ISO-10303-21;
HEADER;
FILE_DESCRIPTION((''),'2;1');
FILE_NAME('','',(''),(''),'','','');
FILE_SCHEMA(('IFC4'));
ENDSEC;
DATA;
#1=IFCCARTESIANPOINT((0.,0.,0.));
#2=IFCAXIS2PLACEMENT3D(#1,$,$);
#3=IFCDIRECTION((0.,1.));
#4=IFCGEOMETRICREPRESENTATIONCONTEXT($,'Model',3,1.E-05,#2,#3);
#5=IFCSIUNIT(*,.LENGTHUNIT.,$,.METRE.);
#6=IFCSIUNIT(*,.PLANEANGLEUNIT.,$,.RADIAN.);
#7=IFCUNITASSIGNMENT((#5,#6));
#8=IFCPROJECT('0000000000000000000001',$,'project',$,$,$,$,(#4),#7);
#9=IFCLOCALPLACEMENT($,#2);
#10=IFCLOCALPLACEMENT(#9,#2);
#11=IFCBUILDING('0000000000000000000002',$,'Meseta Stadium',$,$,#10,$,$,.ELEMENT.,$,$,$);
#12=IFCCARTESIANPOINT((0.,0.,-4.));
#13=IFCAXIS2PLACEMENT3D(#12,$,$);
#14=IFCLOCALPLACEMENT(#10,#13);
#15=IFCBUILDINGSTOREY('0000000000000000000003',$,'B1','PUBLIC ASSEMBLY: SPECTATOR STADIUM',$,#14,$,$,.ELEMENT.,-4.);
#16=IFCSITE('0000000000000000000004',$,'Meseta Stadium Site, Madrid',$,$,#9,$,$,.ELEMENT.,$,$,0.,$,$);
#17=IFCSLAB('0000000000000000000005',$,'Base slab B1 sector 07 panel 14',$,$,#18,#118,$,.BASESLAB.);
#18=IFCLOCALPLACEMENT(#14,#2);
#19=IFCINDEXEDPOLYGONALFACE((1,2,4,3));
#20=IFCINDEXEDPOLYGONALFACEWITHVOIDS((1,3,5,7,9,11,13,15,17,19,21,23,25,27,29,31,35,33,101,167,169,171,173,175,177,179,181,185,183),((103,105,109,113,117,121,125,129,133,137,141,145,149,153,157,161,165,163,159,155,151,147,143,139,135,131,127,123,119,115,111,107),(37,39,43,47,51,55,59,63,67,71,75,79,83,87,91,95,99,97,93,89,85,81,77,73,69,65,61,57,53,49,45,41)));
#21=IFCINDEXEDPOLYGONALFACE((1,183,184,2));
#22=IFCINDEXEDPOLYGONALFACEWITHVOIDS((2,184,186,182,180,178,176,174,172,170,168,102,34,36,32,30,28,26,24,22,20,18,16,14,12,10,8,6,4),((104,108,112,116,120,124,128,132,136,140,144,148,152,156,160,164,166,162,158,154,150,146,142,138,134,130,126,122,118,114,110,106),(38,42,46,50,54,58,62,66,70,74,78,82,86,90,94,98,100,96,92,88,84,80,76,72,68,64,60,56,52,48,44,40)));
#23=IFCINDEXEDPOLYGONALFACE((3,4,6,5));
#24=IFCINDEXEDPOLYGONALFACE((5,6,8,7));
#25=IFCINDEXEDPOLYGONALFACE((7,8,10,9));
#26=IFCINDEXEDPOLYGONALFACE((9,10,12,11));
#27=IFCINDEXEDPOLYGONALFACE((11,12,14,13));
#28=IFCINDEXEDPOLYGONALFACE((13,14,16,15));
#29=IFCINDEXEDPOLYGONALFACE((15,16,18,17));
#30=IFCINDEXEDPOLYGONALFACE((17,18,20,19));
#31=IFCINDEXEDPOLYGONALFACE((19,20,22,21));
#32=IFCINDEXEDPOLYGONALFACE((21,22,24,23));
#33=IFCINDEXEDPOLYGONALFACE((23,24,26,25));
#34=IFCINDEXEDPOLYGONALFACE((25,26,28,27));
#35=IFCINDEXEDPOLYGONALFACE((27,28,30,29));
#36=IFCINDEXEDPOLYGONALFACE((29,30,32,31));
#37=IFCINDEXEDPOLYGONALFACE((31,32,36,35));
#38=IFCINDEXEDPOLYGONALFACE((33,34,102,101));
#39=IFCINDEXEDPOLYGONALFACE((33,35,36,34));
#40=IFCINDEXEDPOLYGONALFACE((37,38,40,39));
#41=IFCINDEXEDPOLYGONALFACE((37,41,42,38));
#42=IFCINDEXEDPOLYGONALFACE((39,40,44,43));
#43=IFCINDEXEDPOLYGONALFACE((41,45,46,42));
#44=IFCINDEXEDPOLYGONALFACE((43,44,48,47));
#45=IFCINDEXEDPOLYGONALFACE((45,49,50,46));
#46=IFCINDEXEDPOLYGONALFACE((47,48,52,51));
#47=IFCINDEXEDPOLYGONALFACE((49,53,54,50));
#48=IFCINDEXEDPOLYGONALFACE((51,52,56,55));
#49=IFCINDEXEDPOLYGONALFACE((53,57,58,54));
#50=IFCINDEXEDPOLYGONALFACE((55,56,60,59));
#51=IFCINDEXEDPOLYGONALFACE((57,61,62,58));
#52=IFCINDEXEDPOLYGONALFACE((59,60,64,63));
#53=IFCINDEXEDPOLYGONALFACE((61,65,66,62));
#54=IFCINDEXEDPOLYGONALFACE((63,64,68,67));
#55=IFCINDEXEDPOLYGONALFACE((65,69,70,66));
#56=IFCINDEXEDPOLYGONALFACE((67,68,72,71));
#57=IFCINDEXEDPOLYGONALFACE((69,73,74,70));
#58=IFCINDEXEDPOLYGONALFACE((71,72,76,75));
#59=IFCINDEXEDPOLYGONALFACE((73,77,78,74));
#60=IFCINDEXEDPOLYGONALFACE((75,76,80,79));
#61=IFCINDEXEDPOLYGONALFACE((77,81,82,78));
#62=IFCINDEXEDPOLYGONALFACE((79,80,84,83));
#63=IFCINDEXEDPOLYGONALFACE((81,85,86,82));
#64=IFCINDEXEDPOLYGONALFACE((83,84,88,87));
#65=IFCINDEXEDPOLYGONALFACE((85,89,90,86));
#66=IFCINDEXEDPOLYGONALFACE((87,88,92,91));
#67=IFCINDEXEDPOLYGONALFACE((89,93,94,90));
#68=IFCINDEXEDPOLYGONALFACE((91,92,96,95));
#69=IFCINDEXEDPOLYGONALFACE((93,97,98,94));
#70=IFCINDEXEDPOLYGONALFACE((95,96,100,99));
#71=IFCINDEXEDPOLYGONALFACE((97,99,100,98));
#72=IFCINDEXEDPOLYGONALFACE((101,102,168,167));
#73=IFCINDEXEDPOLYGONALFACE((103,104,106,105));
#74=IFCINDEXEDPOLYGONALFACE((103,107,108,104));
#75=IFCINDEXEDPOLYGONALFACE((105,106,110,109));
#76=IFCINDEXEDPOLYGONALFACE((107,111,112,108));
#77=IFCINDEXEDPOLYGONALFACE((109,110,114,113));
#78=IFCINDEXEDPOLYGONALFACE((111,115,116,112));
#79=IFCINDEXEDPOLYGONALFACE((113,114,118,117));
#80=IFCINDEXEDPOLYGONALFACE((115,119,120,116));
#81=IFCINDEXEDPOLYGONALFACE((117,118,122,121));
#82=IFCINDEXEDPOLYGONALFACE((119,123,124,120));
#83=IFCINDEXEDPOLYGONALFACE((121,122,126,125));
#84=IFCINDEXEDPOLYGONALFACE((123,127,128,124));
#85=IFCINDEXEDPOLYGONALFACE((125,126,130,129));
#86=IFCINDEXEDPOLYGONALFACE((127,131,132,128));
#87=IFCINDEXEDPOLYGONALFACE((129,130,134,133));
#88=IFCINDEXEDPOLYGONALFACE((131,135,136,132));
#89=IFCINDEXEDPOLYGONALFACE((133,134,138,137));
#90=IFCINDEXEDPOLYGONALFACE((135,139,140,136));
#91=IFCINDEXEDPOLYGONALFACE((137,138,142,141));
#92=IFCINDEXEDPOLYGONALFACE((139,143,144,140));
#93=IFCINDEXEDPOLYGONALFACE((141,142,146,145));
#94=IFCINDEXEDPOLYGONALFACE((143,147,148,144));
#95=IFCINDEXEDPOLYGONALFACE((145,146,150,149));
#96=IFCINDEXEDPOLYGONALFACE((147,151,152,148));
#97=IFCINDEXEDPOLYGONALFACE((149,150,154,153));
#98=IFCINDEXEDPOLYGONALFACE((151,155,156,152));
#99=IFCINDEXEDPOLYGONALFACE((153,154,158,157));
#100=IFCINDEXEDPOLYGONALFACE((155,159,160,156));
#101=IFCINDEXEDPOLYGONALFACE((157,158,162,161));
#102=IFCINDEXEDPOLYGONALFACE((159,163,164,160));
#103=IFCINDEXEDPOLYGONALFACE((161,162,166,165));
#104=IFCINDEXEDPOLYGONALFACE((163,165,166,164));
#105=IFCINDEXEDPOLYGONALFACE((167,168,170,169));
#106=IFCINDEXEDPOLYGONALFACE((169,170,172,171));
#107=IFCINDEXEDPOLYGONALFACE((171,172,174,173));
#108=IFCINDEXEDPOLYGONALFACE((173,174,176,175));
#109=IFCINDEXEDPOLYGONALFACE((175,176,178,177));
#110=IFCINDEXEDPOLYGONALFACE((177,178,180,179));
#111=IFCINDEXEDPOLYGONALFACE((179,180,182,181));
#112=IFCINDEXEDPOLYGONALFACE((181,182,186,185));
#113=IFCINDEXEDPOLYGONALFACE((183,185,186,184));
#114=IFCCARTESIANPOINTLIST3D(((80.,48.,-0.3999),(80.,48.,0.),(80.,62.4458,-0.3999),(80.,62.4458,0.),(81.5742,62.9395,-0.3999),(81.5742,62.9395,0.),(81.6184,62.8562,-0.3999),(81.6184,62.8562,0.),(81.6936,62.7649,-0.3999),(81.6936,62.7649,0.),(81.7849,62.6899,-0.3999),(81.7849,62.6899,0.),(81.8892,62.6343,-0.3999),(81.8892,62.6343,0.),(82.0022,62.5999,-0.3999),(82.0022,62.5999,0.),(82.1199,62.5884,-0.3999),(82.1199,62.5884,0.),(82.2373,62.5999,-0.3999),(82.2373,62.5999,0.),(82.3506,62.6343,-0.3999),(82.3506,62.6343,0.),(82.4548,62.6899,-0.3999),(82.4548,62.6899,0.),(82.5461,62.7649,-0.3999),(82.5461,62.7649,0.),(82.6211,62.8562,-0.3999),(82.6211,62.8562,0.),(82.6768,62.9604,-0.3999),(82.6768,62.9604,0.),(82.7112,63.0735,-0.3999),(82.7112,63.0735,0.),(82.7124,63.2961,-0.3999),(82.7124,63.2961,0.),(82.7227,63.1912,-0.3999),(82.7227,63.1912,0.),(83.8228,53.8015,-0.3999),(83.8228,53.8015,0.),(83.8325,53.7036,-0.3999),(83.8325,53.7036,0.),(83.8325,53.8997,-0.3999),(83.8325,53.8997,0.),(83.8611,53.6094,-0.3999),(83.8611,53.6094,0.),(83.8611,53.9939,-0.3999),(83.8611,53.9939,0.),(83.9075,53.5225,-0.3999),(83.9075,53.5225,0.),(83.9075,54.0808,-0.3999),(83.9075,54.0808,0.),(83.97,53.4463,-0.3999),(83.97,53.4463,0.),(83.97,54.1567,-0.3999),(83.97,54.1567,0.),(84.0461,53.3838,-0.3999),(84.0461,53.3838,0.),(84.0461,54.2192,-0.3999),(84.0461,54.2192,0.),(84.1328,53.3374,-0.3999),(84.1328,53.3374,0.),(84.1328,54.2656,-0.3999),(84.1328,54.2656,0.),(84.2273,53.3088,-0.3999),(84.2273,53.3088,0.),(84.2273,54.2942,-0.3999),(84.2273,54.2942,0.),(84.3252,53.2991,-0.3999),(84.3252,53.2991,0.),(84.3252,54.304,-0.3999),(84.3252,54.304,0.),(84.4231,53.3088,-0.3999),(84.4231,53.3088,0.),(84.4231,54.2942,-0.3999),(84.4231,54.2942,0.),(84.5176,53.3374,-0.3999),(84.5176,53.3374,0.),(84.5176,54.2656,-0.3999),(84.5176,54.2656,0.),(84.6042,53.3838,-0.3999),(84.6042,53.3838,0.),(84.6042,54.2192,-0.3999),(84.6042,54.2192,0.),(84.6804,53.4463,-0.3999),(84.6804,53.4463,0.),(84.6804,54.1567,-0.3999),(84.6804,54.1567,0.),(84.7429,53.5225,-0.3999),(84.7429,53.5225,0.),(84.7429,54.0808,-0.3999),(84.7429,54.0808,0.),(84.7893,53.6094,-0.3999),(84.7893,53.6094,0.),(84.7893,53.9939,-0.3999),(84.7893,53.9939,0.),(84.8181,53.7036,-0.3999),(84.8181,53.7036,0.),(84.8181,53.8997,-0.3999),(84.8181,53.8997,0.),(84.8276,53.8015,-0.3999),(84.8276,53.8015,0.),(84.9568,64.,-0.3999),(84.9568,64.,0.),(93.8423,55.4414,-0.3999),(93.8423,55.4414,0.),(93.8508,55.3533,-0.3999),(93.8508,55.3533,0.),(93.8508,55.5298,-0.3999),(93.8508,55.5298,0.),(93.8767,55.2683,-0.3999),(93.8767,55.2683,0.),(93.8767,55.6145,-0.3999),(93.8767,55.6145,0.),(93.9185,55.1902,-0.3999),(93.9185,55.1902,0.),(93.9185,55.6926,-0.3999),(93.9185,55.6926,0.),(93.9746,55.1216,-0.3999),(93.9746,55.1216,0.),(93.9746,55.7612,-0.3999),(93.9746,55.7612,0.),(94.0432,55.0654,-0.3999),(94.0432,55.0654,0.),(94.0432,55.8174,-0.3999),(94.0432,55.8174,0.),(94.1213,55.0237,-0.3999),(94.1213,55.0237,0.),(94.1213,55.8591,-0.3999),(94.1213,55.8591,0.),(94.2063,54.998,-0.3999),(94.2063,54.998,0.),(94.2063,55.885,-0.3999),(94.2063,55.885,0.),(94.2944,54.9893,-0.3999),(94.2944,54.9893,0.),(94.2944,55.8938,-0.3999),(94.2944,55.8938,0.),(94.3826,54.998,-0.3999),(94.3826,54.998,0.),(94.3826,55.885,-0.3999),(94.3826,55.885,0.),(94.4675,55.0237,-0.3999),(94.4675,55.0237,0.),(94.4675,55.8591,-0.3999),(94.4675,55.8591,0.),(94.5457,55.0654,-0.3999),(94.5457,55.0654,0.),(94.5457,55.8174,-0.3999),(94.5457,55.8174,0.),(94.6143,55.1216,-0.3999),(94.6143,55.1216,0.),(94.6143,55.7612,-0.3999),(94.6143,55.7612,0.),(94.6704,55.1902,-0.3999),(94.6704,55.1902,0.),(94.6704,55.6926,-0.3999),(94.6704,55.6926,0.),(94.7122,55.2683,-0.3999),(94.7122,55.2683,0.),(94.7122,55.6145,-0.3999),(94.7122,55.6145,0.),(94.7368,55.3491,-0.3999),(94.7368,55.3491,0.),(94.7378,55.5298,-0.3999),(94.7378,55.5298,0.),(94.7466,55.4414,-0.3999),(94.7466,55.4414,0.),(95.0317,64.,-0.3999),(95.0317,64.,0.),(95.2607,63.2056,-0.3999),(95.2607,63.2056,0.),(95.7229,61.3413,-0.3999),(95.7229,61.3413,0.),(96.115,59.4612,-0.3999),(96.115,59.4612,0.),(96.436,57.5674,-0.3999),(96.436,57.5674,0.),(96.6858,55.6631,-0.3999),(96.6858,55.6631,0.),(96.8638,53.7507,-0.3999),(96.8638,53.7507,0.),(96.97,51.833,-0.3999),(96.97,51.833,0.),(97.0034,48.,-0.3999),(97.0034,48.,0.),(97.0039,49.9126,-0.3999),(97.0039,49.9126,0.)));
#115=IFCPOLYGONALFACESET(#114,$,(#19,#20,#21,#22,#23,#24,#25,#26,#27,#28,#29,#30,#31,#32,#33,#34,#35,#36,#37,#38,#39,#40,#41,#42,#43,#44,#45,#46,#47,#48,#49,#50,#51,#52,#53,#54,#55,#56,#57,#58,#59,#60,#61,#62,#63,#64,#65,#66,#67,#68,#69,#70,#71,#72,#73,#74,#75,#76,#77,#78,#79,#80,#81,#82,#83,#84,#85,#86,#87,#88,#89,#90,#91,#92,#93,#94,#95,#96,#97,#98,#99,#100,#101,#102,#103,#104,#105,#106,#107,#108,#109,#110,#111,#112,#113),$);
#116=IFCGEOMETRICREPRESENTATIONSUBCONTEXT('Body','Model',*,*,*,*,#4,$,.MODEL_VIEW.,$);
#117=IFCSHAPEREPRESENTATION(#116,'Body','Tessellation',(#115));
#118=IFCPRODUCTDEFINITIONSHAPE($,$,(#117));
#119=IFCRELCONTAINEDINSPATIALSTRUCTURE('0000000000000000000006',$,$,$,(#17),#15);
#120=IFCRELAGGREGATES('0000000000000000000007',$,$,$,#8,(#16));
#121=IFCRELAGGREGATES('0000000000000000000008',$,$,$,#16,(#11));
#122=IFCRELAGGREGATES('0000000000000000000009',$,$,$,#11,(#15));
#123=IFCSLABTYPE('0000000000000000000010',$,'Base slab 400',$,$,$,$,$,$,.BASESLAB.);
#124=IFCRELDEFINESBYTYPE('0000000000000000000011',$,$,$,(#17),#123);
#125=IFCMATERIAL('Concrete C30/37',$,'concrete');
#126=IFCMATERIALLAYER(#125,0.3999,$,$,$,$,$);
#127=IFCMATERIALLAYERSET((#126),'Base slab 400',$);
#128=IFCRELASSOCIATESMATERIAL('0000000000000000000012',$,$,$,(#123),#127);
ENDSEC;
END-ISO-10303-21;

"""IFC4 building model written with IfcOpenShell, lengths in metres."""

from ifc_helpers import new_model, si_unit, direction, frame, origin, place, context, subcontext, project, spatial, polyline, outline, extrude, material, layer, layer_set, type_object, element, save


model = new_model("IFC4")

# Units and contexts
model_context = context("Model", 3, precision=1e-05, world=origin(), true_north=direction((0.0, 1.0)))
body_context = subcontext(model_context, "Body", "Model", "MODEL_VIEW")
ifc_project = project(units=[si_unit("LENGTHUNIT", "METRE"), si_unit("PLANEANGLEUNIT", "RADIAN")], contexts=[model_context])

# Site, building, storey
site_placement = place(None, origin())
site = spatial("IfcSite", under=ifc_project, at=site_placement, Name="Meseta Stadium Site, Madrid", CompositionType="ELEMENT", RefElevation=0.0)
building_placement = place(site_placement, origin())
building = spatial("IfcBuilding", under=site, at=building_placement, Name="Meseta Stadium", CompositionType="ELEMENT")
storey_placement = place(building_placement, frame((0.0, 0.0, -4.0)))
storey = spatial("IfcBuildingStorey", under=building, at=storey_placement, Name="B1", Description="PUBLIC ASSEMBLY: SPECTATOR STADIUM", CompositionType="ELEMENT", Elevation=-4.0)

# Slab
ifc_material_1 = material(Name="Concrete C30/37", Category="concrete")
ifc_layer = layer(ifc_material_1, 0.3999)
ifc_layer_set = layer_set([ifc_layer], Name="Base slab 400")
slab_type = type_object("IfcSlabType", Name="Base slab 400", PredefinedType="BASESLAB", material=ifc_layer_set)
slab_1_placement = place(storey_placement, frame((0.0, 0.0, -0.3999)))
element("IfcSlab", 1, at=slab_1_placement, inside=storey, type_object=slab_type, Name="Base slab B1 sector 07 panel 14", PredefinedType="BASESLAB", context=body_context, shape_type="SweptSolid", body=[
    extrude(outline(polyline([(81.6184, 62.8562), (81.5742, 62.9395), (80.0, 62.4458), (80.0, 48.0), (97.0034, 48.0), (97.0039, 49.9126), (96.97, 51.833), (96.8638, 53.7507), (96.6858, 55.6631), (96.436, 57.5674), (96.115, 59.4612), (95.7229, 61.3413), (95.2607, 63.2056), (95.0317, 64.0), (84.9568, 64.0), (82.7124, 63.2961), (82.7227, 63.1912), (82.7112, 63.0735), (82.6768, 62.9604), (82.6211, 62.8562), (82.5461, 62.7649), (82.4548, 62.6899), (82.3506, 62.6343), (82.2373, 62.5999), (82.1199, 62.5884), (82.0022, 62.5999), (81.8892, 62.6343), (81.7849, 62.6899), (81.6936, 62.7649), (81.6184, 62.8562)]), holes=[polyline([(94.5457, 55.8174), (94.6143, 55.7612), (94.6704, 55.6926), (94.7122, 55.6145), (94.7378, 55.5298), (94.7466, 55.4414), (94.7368, 55.3491), (94.7122, 55.2683), (94.6704, 55.1902), (94.6143, 55.1216), (94.5457, 55.0654), (94.4675, 55.0237), (94.3826, 54.998), (94.2944, 54.9893), (94.2063, 54.998), (94.1213, 55.0237), (94.0432, 55.0654), (93.9746, 55.1216), (93.9185, 55.1902), (93.8767, 55.2683), (93.8508, 55.3533), (93.8423, 55.4414), (93.8508, 55.5298), (93.8767, 55.6145), (93.9185, 55.6926), (93.9746, 55.7612), (94.0432, 55.8174), (94.1213, 55.8591), (94.2063, 55.885), (94.2944, 55.8938), (94.3826, 55.885), (94.4675, 55.8591), (94.5457, 55.8174)]), polyline([(84.6042, 54.2192), (84.6804, 54.1567), (84.7429, 54.0808), (84.7893, 53.9939), (84.8181, 53.8997), (84.8276, 53.8015), (84.8181, 53.7036), (84.7893, 53.6094), (84.7429, 53.5225), (84.6804, 53.4463), (84.6042, 53.3838), (84.5176, 53.3374), (84.4231, 53.3088), (84.3252, 53.2991), (84.2273, 53.3088), (84.1328, 53.3374), (84.0461, 53.3838), (83.97, 53.4463), (83.9075, 53.5225), (83.8611, 53.6094), (83.8325, 53.7036), (83.8228, 53.8015), (83.8325, 53.8997), (83.8611, 53.9939), (83.9075, 54.0808), (83.97, 54.1567), (84.0461, 54.2192), (84.1328, 54.2656), (84.2273, 54.2942), (84.3252, 54.304), (84.4231, 54.2942), (84.5176, 54.2656), (84.6042, 54.2192)])]), origin(), (0.0, 0.0, 1.0), 0.3999),
])

save(model, "model.ifc")
